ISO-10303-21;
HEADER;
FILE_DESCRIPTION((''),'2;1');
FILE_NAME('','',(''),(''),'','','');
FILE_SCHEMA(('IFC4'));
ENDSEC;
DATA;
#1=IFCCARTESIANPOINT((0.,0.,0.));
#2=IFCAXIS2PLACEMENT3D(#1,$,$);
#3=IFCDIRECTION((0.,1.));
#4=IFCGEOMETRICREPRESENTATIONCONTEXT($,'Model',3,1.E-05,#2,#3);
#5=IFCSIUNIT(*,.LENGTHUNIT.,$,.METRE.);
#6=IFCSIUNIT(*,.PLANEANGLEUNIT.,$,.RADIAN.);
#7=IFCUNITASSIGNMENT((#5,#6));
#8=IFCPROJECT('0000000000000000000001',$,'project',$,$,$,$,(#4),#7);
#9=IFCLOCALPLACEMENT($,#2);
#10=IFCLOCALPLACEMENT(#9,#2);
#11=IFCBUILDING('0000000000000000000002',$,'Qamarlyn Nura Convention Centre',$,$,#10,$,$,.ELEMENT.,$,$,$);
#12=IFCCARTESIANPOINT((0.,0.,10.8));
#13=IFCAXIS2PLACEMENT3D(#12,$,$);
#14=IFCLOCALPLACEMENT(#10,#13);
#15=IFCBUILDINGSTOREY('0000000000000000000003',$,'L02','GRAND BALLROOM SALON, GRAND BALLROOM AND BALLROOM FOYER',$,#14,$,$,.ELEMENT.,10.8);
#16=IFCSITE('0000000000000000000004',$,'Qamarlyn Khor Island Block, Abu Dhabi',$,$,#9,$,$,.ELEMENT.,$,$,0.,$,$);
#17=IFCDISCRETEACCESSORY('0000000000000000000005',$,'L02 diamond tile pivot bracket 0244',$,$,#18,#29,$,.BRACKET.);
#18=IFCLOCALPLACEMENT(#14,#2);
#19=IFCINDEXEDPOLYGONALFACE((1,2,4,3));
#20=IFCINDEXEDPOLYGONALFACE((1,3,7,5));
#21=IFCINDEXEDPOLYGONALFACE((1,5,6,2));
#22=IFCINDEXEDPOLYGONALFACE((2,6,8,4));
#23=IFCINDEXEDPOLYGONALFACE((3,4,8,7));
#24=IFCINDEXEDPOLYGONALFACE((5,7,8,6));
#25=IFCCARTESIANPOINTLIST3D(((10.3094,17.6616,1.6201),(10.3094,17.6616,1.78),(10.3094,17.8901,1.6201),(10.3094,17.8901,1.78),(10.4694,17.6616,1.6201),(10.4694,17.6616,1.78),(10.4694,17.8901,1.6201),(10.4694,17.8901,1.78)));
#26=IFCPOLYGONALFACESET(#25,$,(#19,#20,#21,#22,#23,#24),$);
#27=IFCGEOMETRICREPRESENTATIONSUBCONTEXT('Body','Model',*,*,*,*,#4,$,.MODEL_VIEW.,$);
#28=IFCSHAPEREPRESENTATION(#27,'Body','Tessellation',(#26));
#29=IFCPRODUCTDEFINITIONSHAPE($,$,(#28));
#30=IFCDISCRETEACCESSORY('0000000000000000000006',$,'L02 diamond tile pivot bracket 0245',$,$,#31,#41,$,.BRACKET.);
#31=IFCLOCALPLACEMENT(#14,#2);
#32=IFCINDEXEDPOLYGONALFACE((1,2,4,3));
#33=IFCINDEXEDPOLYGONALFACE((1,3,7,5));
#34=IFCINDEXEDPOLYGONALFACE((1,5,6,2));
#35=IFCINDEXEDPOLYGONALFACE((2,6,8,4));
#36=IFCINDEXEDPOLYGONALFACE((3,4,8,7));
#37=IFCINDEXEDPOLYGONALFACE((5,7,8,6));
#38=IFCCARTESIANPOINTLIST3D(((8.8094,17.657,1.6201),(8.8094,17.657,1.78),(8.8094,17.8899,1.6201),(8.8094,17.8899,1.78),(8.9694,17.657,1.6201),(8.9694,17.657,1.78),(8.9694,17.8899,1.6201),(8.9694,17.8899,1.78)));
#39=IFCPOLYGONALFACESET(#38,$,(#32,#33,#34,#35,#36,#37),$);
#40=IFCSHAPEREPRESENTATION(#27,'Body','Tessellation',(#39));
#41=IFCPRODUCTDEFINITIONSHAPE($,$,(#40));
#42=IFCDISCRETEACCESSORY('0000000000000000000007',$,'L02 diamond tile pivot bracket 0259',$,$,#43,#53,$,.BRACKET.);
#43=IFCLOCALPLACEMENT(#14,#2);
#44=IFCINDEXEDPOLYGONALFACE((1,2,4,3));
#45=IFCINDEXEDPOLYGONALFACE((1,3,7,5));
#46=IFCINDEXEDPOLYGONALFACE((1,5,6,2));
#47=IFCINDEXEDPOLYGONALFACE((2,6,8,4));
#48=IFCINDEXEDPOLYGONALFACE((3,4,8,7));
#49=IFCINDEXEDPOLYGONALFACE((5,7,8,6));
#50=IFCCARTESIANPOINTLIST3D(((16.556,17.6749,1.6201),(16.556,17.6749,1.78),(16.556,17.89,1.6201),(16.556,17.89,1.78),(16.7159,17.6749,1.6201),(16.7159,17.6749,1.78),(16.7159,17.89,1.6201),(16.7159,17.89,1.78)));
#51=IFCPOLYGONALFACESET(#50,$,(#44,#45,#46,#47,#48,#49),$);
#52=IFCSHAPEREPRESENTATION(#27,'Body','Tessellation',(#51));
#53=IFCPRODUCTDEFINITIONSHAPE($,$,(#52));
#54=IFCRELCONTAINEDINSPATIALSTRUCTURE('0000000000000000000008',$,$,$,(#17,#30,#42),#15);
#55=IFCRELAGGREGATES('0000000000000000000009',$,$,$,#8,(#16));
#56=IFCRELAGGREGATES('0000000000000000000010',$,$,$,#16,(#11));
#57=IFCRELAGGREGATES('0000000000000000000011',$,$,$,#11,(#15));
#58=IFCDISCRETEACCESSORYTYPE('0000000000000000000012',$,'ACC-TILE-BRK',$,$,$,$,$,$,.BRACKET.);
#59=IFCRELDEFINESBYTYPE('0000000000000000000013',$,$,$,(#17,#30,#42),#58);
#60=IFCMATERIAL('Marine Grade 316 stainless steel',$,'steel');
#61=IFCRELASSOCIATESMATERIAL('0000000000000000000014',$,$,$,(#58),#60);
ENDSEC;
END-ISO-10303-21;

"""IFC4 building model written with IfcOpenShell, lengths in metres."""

from ifc_helpers import new_model, si_unit, direction, frame, origin, origin_2d, place, context, subcontext, project, spatial, rectangle, extrude, material, type_object, element, save


model = new_model("IFC4")

# Units and contexts
model_context = context("Model", 3, precision=1e-05, world=origin(), true_north=direction((0.0, 1.0)))
body_context = subcontext(model_context, "Body", "Model", "MODEL_VIEW")
ifc_project = project(units=[si_unit("LENGTHUNIT", "METRE"), si_unit("PLANEANGLEUNIT", "RADIAN")], contexts=[model_context])

# Site, building, storey
site_placement = place(None, origin())
site = spatial("IfcSite", under=ifc_project, at=site_placement, Name="Qamarlyn Khor Island Block, Abu Dhabi", CompositionType="ELEMENT", RefElevation=0.0)
building_placement = place(site_placement, origin())
building = spatial("IfcBuilding", under=site, at=building_placement, Name="Qamarlyn Nura Convention Centre", CompositionType="ELEMENT")
storey_placement = place(building_placement, frame((0.0, 0.0, 10.8)))
storey = spatial("IfcBuildingStorey", under=building, at=storey_placement, Name="L02", Description="GRAND BALLROOM SALON, GRAND BALLROOM AND BALLROOM FOYER", CompositionType="ELEMENT", Elevation=10.8)

# Discrete accessories
ifc_material_1 = material(Name="Marine Grade 316 stainless steel", Category="steel")
discrete_accessory_type_1 = type_object("IfcDiscreteAccessoryType", Name="ACC-TILE-BRK", PredefinedType="BRACKET", material=ifc_material_1)
discrete_accessory_1_placement = place(storey_placement, frame((10.3894, 17.7759, 1.6201), z_axis=(0.0, 0.0, 1.0), x_axis=(0.0, -1.0, 0.0)))
element("IfcDiscreteAccessory", 1, at=discrete_accessory_1_placement, inside=storey, type_object=discrete_accessory_type_1, Name="L02 diamond tile pivot bracket 0244", PredefinedType="BRACKET", context=body_context, shape_type="SweptSolid", body=[
    extrude(rectangle(XDim=0.2285, YDim=0.1599, at=origin_2d()), origin(), (0.0, 0.0, 1.0), 0.1599),
])
discrete_accessory_2_placement = place(storey_placement, frame((8.8894, 17.7734, 1.6201), z_axis=(0.0, 0.0, 1.0), x_axis=(0.0, -1.0, 0.0)))
element("IfcDiscreteAccessory", 2, at=discrete_accessory_2_placement, inside=storey, type_object=discrete_accessory_type_1, Name="L02 diamond tile pivot bracket 0245", PredefinedType="BRACKET", context=body_context, shape_type="SweptSolid", body=[
    extrude(rectangle(XDim=0.2329, YDim=0.1599, at=origin_2d()), origin(), (0.0, 0.0, 1.0), 0.1599),
])
discrete_accessory_3_placement = place(storey_placement, frame((16.636, 17.7825, 1.6201), z_axis=(0.0, 0.0, 1.0), x_axis=(0.0, -1.0, 0.0)))
element("IfcDiscreteAccessory", 3, at=discrete_accessory_3_placement, inside=storey, type_object=discrete_accessory_type_1, Name="L02 diamond tile pivot bracket 0259", PredefinedType="BRACKET", context=body_context, shape_type="SweptSolid", body=[
    extrude(rectangle(XDim=0.2151, YDim=0.1599, at=origin_2d()), origin(), (0.0, 0.0, 1.0), 0.1599),
])

save(model, "model.ifc")
